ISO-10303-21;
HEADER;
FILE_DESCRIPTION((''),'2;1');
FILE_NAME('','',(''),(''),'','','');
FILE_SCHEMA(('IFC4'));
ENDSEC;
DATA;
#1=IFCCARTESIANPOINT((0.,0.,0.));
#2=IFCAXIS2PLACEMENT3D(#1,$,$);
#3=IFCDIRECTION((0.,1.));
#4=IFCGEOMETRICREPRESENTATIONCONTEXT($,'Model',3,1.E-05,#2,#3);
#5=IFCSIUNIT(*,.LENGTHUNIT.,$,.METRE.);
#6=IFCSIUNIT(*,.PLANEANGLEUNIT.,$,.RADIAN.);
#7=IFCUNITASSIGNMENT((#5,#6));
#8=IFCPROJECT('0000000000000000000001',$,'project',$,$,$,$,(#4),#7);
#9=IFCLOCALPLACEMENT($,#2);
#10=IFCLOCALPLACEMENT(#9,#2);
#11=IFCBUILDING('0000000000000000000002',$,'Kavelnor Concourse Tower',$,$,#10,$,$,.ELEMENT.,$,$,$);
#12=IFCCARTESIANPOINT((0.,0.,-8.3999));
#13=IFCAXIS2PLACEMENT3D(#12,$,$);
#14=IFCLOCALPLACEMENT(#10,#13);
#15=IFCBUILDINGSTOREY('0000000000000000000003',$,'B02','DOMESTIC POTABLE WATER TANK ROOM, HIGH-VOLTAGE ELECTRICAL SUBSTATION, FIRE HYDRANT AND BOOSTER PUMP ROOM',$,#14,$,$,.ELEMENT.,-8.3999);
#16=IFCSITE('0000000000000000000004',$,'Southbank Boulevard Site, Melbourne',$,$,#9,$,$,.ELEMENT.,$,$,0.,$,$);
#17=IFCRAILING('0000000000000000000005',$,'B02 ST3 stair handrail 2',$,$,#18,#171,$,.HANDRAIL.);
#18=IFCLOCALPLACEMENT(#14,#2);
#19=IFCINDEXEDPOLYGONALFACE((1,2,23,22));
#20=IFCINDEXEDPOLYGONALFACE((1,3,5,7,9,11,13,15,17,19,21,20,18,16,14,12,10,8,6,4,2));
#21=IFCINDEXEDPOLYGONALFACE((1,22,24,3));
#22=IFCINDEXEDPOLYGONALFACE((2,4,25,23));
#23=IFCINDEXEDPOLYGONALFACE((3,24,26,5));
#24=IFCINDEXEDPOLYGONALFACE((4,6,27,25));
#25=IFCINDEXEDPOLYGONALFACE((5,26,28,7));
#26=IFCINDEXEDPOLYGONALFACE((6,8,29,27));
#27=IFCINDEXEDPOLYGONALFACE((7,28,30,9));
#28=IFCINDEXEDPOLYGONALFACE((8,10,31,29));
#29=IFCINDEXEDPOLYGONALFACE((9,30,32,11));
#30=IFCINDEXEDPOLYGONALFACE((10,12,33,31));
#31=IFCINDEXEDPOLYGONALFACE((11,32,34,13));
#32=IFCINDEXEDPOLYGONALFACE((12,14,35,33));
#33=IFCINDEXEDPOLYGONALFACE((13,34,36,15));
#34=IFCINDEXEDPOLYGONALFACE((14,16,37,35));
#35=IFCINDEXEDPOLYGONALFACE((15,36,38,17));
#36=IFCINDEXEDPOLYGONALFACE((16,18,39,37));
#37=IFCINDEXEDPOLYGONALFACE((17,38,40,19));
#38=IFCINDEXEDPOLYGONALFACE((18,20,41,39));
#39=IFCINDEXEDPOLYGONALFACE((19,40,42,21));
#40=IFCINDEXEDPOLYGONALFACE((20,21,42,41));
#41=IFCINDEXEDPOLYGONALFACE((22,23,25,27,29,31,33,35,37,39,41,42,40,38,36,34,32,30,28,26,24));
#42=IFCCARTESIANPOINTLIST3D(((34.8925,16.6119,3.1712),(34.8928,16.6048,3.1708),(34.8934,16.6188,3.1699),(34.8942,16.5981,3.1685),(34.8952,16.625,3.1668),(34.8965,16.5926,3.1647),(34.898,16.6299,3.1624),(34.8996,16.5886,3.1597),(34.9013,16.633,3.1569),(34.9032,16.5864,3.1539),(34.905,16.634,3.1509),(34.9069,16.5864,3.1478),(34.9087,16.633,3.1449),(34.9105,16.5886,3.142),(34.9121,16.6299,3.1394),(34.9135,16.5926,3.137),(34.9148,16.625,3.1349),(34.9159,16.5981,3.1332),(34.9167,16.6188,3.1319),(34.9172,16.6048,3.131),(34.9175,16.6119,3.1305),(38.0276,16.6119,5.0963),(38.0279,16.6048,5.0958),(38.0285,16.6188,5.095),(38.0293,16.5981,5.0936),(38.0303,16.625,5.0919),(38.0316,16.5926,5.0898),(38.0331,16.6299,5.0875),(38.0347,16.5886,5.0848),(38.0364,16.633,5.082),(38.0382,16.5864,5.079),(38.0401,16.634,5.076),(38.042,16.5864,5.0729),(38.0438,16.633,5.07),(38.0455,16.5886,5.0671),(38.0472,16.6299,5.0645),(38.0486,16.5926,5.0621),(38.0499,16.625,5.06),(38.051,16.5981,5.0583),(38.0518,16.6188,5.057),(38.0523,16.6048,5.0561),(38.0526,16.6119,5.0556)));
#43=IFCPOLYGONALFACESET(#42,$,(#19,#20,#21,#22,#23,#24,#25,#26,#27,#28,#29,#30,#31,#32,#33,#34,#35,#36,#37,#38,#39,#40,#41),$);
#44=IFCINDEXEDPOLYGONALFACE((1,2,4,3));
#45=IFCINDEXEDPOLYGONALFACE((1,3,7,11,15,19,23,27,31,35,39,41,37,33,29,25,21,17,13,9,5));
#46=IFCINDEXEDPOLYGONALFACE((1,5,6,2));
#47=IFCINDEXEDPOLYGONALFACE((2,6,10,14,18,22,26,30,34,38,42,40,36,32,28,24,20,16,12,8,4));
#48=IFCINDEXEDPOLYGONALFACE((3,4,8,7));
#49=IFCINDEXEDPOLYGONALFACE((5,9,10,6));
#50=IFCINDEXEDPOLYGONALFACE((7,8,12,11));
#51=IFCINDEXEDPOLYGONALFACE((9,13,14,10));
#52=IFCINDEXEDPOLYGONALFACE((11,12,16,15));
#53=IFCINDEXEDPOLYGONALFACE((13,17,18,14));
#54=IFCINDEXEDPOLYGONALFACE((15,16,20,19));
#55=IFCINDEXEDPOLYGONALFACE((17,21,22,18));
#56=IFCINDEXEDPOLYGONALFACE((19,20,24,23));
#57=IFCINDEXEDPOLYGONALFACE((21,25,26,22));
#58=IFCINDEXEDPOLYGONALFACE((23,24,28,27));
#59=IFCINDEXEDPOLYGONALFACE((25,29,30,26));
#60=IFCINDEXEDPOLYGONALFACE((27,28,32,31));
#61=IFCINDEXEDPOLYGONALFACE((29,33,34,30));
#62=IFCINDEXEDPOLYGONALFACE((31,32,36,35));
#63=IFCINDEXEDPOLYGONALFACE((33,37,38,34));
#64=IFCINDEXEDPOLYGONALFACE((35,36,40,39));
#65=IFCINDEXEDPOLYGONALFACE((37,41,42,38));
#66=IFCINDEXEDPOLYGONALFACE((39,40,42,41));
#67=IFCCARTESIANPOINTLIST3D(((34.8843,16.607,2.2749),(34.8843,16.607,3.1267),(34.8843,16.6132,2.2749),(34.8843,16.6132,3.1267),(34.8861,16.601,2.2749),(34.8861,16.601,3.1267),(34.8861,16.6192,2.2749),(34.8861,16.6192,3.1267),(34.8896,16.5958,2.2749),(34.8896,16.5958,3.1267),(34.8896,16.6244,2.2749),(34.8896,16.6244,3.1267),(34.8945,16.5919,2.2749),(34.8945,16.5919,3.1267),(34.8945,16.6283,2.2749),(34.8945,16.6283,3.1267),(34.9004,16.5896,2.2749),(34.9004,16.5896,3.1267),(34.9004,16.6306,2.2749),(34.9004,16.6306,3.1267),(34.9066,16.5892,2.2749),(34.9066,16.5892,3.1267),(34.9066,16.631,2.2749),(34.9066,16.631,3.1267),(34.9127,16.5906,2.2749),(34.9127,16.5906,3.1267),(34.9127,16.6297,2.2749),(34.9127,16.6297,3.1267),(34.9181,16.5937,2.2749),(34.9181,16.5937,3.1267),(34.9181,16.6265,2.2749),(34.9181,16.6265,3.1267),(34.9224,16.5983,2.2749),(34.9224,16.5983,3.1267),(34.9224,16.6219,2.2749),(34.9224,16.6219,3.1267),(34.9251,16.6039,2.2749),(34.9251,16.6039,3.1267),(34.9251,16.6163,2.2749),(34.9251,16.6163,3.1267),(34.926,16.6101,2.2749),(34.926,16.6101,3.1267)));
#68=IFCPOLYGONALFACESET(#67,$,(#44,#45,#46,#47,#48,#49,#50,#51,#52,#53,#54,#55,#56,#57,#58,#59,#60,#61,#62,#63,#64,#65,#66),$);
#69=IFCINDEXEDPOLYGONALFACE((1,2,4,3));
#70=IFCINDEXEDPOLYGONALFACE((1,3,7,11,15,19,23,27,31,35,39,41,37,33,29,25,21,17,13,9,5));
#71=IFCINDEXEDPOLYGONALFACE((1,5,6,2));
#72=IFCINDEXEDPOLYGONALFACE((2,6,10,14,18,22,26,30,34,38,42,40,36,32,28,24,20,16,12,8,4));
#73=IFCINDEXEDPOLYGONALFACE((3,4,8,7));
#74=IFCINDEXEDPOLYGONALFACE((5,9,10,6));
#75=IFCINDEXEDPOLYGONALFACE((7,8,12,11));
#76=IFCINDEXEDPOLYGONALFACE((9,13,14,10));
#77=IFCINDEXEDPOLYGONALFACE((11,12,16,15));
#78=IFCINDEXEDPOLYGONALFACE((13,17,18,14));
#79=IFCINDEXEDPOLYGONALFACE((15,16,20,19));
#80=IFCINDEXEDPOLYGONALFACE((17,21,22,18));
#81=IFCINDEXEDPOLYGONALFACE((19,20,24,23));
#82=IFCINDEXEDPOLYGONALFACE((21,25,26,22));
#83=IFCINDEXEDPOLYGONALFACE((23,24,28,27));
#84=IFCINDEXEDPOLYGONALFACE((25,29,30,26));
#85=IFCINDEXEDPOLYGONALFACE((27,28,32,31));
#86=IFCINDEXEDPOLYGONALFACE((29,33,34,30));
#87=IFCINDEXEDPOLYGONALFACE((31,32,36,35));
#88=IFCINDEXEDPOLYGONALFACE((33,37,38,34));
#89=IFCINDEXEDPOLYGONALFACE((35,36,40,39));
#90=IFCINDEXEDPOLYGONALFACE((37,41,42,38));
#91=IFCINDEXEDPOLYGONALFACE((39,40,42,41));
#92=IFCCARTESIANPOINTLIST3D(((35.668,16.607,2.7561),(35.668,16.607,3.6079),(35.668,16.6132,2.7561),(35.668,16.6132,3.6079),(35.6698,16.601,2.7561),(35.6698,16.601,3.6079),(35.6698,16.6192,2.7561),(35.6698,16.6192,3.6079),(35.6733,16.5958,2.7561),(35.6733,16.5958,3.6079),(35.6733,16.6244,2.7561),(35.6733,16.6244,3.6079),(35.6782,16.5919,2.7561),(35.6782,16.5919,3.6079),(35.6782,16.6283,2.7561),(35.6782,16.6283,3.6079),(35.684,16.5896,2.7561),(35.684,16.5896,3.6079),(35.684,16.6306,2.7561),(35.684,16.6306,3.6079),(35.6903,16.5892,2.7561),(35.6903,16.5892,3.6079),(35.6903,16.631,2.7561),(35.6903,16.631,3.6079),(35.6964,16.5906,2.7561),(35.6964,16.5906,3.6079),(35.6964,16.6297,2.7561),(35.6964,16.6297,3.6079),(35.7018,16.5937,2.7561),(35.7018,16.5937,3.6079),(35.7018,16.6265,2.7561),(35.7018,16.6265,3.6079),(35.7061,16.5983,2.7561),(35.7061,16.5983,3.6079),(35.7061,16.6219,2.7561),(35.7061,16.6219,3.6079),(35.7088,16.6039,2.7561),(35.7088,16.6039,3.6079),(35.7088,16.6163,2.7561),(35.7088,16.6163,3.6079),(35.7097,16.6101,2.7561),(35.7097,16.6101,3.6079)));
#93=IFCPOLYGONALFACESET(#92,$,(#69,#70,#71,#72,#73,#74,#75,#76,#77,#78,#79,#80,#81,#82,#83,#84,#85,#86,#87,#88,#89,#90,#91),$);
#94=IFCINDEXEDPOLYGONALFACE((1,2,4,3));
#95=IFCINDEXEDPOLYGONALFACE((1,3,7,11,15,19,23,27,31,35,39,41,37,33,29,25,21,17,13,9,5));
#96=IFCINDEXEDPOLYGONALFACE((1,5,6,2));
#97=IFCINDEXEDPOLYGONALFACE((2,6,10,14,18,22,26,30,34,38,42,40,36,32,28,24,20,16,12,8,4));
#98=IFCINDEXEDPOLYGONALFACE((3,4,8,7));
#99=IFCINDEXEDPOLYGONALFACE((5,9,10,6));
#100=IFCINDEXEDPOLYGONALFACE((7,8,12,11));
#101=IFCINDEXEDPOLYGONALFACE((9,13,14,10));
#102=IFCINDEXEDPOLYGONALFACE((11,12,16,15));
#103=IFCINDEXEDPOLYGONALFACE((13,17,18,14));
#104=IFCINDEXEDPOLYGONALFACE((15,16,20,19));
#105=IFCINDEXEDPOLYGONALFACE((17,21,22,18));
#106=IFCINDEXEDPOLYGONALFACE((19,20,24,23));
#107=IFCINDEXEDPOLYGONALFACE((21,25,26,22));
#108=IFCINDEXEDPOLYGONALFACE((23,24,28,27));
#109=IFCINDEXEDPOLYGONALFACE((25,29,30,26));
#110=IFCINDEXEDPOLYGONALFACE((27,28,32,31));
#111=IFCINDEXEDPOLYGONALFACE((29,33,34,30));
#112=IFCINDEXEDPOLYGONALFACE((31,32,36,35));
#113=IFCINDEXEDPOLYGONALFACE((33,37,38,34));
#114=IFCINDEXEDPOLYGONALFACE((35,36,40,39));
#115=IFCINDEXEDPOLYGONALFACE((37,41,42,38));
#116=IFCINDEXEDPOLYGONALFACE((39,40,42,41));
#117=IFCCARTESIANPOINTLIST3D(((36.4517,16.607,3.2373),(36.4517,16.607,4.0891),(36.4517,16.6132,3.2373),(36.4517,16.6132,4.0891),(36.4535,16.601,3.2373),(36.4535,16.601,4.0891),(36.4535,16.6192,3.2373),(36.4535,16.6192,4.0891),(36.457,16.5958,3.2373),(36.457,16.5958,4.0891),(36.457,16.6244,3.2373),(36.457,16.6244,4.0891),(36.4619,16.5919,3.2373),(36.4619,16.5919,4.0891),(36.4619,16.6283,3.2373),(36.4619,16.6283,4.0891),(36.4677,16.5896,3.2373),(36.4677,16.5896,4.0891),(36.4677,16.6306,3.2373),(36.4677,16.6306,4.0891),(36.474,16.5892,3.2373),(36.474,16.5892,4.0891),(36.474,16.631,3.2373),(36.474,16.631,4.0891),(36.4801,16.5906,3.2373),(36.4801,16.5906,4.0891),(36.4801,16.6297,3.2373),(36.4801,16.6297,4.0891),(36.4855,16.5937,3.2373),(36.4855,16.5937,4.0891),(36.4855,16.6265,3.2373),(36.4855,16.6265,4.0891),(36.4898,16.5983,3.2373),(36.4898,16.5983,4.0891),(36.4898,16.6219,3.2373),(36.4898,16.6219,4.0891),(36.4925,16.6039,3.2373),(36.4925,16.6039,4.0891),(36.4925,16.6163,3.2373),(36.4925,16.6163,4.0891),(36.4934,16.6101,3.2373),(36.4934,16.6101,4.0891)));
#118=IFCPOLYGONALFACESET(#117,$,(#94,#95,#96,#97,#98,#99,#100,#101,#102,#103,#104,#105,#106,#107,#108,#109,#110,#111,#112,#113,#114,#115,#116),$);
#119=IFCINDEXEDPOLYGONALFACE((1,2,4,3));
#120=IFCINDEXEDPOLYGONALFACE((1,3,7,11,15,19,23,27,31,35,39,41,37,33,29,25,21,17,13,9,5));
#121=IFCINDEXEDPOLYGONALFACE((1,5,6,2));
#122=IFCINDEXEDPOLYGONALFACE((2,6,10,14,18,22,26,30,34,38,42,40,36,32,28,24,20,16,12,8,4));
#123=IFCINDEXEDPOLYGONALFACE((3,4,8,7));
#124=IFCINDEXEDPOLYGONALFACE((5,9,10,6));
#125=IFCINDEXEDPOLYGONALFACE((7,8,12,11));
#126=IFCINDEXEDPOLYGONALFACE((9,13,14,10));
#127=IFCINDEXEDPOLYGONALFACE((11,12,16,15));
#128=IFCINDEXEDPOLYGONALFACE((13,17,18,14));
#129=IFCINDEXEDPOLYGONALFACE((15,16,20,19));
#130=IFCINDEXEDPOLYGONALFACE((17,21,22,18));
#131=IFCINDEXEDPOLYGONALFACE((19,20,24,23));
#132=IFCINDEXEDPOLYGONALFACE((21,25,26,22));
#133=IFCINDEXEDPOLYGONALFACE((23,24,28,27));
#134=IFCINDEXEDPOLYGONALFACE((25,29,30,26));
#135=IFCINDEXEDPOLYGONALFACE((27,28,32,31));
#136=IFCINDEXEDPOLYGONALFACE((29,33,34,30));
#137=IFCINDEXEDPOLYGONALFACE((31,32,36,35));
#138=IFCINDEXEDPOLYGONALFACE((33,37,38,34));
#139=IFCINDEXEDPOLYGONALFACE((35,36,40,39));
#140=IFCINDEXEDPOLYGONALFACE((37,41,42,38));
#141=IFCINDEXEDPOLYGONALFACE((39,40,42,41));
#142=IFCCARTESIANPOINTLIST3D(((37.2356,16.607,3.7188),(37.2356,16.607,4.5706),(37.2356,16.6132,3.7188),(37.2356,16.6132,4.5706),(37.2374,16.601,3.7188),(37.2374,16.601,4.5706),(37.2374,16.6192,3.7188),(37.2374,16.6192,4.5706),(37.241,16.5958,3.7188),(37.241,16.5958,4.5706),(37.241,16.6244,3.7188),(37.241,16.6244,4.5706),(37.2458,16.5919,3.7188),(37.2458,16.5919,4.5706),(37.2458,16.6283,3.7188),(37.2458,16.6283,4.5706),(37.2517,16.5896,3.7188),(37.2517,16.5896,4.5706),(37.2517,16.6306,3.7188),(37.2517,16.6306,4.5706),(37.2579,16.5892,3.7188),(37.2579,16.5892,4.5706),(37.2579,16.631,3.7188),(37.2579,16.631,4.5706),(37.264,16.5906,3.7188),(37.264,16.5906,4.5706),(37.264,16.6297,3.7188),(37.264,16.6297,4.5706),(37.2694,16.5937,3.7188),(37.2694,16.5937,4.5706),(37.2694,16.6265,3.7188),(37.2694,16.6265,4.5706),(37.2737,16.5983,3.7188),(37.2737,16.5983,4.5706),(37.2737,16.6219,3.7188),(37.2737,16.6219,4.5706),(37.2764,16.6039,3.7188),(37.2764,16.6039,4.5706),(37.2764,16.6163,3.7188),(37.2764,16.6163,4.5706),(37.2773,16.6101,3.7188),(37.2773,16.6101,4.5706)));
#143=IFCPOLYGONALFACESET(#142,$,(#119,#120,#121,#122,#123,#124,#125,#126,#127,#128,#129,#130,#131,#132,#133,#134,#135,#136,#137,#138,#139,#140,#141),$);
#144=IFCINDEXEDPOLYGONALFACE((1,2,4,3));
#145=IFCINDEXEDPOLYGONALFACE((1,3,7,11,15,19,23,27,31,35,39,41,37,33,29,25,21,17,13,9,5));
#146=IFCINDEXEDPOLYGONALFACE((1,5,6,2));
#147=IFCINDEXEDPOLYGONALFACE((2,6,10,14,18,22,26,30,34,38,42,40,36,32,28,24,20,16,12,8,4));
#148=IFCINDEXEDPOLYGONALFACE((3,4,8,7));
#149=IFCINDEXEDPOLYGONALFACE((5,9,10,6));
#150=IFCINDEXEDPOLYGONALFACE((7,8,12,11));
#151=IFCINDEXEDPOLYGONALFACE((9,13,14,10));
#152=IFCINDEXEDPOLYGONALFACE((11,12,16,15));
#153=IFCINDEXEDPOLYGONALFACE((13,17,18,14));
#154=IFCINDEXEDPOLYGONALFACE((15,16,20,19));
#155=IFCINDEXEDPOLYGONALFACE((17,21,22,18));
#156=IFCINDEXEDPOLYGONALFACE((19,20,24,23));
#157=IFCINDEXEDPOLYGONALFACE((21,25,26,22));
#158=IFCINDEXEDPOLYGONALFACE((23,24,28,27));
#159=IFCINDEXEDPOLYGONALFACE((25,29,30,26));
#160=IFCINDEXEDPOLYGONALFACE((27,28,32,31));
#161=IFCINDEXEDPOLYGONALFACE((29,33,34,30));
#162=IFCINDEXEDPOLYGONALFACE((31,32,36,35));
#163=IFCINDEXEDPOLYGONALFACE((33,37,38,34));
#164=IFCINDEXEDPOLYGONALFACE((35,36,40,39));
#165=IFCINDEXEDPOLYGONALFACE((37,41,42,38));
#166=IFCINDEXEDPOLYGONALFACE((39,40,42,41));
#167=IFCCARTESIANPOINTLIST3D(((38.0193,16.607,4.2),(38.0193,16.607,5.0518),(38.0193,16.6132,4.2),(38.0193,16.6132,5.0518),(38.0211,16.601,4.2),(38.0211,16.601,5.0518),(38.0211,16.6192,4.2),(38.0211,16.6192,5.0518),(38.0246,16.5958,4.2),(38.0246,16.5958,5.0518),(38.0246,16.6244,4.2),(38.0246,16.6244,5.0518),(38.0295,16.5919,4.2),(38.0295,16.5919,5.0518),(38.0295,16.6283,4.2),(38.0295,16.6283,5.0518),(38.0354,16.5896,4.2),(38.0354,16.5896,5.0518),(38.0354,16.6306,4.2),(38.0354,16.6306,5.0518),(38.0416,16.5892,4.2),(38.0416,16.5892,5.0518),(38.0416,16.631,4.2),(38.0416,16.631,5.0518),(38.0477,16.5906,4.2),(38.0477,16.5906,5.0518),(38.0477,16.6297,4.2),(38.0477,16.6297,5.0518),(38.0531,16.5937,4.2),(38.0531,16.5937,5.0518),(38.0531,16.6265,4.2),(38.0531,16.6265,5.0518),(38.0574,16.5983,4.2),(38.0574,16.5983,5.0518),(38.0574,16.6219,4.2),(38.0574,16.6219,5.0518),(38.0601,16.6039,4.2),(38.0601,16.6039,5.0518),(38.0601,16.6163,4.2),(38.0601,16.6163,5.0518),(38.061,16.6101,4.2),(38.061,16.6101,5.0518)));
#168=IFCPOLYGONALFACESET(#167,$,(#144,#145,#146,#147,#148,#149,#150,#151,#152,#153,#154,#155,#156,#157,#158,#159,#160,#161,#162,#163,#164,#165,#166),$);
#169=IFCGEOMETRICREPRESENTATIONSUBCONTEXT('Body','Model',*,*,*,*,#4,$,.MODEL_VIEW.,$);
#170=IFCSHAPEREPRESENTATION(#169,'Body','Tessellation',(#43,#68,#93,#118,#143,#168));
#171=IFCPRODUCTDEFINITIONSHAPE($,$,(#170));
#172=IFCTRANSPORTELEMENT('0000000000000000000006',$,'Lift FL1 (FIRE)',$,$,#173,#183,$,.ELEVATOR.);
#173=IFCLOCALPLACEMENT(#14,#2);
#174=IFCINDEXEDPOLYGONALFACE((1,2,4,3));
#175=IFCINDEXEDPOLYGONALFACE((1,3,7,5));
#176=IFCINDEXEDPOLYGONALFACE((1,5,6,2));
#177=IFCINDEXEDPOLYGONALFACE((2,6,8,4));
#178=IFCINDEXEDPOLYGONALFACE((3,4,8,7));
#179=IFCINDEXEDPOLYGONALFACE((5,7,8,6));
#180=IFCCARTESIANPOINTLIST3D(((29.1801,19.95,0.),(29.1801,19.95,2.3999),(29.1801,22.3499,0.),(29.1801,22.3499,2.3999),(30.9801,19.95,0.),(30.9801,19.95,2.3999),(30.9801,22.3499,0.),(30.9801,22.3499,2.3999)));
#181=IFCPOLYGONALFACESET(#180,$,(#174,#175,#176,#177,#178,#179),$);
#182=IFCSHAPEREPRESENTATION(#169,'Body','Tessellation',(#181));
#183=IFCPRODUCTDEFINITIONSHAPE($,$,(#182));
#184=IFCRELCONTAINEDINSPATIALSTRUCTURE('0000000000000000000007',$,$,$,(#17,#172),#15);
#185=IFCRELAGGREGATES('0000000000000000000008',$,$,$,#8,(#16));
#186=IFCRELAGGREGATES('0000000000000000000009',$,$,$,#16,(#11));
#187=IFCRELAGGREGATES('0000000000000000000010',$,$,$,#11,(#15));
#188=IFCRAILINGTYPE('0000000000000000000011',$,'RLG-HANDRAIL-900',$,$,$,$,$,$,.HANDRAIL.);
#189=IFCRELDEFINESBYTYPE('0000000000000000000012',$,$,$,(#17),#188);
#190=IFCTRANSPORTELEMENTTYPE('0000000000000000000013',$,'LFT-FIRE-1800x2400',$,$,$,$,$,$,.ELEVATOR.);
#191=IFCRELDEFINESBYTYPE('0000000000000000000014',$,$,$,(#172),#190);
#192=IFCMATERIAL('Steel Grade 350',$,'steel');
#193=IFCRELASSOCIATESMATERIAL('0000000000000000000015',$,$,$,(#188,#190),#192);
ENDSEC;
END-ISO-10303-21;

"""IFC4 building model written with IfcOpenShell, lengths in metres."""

from ifc_helpers import new_model, si_unit, direction, frame, origin, origin_2d, place, context, subcontext, project, spatial, rectangle, circle, extrude, material, type_object, element, save


model = new_model("IFC4")

# Units and contexts
model_context = context("Model", 3, precision=1e-05, world=origin(), true_north=direction((0.0, 1.0)))
body_context = subcontext(model_context, "Body", "Model", "MODEL_VIEW")
ifc_project = project(units=[si_unit("LENGTHUNIT", "METRE"), si_unit("PLANEANGLEUNIT", "RADIAN")], contexts=[model_context])

# Site, building, storey
site_placement = place(None, origin())
site = spatial("IfcSite", under=ifc_project, at=site_placement, Name="Southbank Boulevard Site, Melbourne", CompositionType="ELEMENT", RefElevation=0.0)
building_placement = place(site_placement, origin())
building = spatial("IfcBuilding", under=site, at=building_placement, Name="Kavelnor Concourse Tower", CompositionType="ELEMENT")
storey_placement = place(building_placement, frame((0.0, 0.0, -8.3999)))
storey = spatial("IfcBuildingStorey", under=building, at=storey_placement, Name="B02", Description="DOMESTIC POTABLE WATER TANK ROOM, HIGH-VOLTAGE ELECTRICAL SUBSTATION, FIRE HYDRANT AND BOOSTER PUMP ROOM", CompositionType="ELEMENT", Elevation=-8.3999)

# Shared definitions
ifc_material_1 = material(Name="Steel Grade 350", Category="steel")

# Railing
railing_type_1 = type_object("IfcRailingType", Name="RLG-HANDRAIL-900", PredefinedType="HANDRAIL", material=ifc_material_1)
railing_1_placement = place(storey_placement, frame((34.905, 16.6101, 2.2749)))
element("IfcRailing", 1, at=railing_1_placement, inside=storey, type_object=railing_type_1, Name="B02 ST3 stair handrail 2", PredefinedType="HANDRAIL", context=body_context, shape_type="SweptSolid", body=[
    extrude(circle(Radius=0.0239, at=origin_2d()), frame((0.0, 0.0, 0.876), z_axis=(0.852166, 0.0, 0.523271), x_axis=(0.0, 1.0, 0.0)), (0.0, 0.0, 1.0), 3.679),
    extrude(circle(Radius=0.021, at=origin_2d()), origin(), (0.0, 0.0, 1.0), 0.8518),
    extrude(circle(Radius=0.021, at=origin_2d()), frame((0.7837, 0.0, 0.4812)), (0.0, 0.0, 1.0), 0.8518),
    extrude(circle(Radius=0.021, at=origin_2d()), frame((1.5674, 0.0, 0.9624)), (0.0, 0.0, 1.0), 0.8518),
    extrude(circle(Radius=0.021, at=origin_2d()), frame((2.3513, 0.0, 1.4438)), (0.0, 0.0, 1.0), 0.8518),
    extrude(circle(Radius=0.021, at=origin_2d()), frame((3.135, 0.0, 1.925)), (0.0, 0.0, 1.0), 0.8518),
])

# Transport element
transport_element_type = type_object("IfcTransportElementType", Name="LFT-FIRE-1800x2400", PredefinedType="ELEVATOR", material=ifc_material_1)
transport_element_placement = place(storey_placement, frame((30.0801, 21.1499, 0.0), z_axis=(0.0, 0.0, 1.0), x_axis=(1.0, 0.0, 0.0)))
element("IfcTransportElement", 2, at=transport_element_placement, inside=storey, type_object=transport_element_type, Name="Lift FL1 (FIRE)", PredefinedType="ELEVATOR", context=body_context, shape_type="SweptSolid", body=[
    extrude(rectangle(XDim=1.8, YDim=2.3999, at=origin_2d()), origin(), (0.0, 0.0, 1.0), 2.3999),
])

save(model, "model.ifc")
